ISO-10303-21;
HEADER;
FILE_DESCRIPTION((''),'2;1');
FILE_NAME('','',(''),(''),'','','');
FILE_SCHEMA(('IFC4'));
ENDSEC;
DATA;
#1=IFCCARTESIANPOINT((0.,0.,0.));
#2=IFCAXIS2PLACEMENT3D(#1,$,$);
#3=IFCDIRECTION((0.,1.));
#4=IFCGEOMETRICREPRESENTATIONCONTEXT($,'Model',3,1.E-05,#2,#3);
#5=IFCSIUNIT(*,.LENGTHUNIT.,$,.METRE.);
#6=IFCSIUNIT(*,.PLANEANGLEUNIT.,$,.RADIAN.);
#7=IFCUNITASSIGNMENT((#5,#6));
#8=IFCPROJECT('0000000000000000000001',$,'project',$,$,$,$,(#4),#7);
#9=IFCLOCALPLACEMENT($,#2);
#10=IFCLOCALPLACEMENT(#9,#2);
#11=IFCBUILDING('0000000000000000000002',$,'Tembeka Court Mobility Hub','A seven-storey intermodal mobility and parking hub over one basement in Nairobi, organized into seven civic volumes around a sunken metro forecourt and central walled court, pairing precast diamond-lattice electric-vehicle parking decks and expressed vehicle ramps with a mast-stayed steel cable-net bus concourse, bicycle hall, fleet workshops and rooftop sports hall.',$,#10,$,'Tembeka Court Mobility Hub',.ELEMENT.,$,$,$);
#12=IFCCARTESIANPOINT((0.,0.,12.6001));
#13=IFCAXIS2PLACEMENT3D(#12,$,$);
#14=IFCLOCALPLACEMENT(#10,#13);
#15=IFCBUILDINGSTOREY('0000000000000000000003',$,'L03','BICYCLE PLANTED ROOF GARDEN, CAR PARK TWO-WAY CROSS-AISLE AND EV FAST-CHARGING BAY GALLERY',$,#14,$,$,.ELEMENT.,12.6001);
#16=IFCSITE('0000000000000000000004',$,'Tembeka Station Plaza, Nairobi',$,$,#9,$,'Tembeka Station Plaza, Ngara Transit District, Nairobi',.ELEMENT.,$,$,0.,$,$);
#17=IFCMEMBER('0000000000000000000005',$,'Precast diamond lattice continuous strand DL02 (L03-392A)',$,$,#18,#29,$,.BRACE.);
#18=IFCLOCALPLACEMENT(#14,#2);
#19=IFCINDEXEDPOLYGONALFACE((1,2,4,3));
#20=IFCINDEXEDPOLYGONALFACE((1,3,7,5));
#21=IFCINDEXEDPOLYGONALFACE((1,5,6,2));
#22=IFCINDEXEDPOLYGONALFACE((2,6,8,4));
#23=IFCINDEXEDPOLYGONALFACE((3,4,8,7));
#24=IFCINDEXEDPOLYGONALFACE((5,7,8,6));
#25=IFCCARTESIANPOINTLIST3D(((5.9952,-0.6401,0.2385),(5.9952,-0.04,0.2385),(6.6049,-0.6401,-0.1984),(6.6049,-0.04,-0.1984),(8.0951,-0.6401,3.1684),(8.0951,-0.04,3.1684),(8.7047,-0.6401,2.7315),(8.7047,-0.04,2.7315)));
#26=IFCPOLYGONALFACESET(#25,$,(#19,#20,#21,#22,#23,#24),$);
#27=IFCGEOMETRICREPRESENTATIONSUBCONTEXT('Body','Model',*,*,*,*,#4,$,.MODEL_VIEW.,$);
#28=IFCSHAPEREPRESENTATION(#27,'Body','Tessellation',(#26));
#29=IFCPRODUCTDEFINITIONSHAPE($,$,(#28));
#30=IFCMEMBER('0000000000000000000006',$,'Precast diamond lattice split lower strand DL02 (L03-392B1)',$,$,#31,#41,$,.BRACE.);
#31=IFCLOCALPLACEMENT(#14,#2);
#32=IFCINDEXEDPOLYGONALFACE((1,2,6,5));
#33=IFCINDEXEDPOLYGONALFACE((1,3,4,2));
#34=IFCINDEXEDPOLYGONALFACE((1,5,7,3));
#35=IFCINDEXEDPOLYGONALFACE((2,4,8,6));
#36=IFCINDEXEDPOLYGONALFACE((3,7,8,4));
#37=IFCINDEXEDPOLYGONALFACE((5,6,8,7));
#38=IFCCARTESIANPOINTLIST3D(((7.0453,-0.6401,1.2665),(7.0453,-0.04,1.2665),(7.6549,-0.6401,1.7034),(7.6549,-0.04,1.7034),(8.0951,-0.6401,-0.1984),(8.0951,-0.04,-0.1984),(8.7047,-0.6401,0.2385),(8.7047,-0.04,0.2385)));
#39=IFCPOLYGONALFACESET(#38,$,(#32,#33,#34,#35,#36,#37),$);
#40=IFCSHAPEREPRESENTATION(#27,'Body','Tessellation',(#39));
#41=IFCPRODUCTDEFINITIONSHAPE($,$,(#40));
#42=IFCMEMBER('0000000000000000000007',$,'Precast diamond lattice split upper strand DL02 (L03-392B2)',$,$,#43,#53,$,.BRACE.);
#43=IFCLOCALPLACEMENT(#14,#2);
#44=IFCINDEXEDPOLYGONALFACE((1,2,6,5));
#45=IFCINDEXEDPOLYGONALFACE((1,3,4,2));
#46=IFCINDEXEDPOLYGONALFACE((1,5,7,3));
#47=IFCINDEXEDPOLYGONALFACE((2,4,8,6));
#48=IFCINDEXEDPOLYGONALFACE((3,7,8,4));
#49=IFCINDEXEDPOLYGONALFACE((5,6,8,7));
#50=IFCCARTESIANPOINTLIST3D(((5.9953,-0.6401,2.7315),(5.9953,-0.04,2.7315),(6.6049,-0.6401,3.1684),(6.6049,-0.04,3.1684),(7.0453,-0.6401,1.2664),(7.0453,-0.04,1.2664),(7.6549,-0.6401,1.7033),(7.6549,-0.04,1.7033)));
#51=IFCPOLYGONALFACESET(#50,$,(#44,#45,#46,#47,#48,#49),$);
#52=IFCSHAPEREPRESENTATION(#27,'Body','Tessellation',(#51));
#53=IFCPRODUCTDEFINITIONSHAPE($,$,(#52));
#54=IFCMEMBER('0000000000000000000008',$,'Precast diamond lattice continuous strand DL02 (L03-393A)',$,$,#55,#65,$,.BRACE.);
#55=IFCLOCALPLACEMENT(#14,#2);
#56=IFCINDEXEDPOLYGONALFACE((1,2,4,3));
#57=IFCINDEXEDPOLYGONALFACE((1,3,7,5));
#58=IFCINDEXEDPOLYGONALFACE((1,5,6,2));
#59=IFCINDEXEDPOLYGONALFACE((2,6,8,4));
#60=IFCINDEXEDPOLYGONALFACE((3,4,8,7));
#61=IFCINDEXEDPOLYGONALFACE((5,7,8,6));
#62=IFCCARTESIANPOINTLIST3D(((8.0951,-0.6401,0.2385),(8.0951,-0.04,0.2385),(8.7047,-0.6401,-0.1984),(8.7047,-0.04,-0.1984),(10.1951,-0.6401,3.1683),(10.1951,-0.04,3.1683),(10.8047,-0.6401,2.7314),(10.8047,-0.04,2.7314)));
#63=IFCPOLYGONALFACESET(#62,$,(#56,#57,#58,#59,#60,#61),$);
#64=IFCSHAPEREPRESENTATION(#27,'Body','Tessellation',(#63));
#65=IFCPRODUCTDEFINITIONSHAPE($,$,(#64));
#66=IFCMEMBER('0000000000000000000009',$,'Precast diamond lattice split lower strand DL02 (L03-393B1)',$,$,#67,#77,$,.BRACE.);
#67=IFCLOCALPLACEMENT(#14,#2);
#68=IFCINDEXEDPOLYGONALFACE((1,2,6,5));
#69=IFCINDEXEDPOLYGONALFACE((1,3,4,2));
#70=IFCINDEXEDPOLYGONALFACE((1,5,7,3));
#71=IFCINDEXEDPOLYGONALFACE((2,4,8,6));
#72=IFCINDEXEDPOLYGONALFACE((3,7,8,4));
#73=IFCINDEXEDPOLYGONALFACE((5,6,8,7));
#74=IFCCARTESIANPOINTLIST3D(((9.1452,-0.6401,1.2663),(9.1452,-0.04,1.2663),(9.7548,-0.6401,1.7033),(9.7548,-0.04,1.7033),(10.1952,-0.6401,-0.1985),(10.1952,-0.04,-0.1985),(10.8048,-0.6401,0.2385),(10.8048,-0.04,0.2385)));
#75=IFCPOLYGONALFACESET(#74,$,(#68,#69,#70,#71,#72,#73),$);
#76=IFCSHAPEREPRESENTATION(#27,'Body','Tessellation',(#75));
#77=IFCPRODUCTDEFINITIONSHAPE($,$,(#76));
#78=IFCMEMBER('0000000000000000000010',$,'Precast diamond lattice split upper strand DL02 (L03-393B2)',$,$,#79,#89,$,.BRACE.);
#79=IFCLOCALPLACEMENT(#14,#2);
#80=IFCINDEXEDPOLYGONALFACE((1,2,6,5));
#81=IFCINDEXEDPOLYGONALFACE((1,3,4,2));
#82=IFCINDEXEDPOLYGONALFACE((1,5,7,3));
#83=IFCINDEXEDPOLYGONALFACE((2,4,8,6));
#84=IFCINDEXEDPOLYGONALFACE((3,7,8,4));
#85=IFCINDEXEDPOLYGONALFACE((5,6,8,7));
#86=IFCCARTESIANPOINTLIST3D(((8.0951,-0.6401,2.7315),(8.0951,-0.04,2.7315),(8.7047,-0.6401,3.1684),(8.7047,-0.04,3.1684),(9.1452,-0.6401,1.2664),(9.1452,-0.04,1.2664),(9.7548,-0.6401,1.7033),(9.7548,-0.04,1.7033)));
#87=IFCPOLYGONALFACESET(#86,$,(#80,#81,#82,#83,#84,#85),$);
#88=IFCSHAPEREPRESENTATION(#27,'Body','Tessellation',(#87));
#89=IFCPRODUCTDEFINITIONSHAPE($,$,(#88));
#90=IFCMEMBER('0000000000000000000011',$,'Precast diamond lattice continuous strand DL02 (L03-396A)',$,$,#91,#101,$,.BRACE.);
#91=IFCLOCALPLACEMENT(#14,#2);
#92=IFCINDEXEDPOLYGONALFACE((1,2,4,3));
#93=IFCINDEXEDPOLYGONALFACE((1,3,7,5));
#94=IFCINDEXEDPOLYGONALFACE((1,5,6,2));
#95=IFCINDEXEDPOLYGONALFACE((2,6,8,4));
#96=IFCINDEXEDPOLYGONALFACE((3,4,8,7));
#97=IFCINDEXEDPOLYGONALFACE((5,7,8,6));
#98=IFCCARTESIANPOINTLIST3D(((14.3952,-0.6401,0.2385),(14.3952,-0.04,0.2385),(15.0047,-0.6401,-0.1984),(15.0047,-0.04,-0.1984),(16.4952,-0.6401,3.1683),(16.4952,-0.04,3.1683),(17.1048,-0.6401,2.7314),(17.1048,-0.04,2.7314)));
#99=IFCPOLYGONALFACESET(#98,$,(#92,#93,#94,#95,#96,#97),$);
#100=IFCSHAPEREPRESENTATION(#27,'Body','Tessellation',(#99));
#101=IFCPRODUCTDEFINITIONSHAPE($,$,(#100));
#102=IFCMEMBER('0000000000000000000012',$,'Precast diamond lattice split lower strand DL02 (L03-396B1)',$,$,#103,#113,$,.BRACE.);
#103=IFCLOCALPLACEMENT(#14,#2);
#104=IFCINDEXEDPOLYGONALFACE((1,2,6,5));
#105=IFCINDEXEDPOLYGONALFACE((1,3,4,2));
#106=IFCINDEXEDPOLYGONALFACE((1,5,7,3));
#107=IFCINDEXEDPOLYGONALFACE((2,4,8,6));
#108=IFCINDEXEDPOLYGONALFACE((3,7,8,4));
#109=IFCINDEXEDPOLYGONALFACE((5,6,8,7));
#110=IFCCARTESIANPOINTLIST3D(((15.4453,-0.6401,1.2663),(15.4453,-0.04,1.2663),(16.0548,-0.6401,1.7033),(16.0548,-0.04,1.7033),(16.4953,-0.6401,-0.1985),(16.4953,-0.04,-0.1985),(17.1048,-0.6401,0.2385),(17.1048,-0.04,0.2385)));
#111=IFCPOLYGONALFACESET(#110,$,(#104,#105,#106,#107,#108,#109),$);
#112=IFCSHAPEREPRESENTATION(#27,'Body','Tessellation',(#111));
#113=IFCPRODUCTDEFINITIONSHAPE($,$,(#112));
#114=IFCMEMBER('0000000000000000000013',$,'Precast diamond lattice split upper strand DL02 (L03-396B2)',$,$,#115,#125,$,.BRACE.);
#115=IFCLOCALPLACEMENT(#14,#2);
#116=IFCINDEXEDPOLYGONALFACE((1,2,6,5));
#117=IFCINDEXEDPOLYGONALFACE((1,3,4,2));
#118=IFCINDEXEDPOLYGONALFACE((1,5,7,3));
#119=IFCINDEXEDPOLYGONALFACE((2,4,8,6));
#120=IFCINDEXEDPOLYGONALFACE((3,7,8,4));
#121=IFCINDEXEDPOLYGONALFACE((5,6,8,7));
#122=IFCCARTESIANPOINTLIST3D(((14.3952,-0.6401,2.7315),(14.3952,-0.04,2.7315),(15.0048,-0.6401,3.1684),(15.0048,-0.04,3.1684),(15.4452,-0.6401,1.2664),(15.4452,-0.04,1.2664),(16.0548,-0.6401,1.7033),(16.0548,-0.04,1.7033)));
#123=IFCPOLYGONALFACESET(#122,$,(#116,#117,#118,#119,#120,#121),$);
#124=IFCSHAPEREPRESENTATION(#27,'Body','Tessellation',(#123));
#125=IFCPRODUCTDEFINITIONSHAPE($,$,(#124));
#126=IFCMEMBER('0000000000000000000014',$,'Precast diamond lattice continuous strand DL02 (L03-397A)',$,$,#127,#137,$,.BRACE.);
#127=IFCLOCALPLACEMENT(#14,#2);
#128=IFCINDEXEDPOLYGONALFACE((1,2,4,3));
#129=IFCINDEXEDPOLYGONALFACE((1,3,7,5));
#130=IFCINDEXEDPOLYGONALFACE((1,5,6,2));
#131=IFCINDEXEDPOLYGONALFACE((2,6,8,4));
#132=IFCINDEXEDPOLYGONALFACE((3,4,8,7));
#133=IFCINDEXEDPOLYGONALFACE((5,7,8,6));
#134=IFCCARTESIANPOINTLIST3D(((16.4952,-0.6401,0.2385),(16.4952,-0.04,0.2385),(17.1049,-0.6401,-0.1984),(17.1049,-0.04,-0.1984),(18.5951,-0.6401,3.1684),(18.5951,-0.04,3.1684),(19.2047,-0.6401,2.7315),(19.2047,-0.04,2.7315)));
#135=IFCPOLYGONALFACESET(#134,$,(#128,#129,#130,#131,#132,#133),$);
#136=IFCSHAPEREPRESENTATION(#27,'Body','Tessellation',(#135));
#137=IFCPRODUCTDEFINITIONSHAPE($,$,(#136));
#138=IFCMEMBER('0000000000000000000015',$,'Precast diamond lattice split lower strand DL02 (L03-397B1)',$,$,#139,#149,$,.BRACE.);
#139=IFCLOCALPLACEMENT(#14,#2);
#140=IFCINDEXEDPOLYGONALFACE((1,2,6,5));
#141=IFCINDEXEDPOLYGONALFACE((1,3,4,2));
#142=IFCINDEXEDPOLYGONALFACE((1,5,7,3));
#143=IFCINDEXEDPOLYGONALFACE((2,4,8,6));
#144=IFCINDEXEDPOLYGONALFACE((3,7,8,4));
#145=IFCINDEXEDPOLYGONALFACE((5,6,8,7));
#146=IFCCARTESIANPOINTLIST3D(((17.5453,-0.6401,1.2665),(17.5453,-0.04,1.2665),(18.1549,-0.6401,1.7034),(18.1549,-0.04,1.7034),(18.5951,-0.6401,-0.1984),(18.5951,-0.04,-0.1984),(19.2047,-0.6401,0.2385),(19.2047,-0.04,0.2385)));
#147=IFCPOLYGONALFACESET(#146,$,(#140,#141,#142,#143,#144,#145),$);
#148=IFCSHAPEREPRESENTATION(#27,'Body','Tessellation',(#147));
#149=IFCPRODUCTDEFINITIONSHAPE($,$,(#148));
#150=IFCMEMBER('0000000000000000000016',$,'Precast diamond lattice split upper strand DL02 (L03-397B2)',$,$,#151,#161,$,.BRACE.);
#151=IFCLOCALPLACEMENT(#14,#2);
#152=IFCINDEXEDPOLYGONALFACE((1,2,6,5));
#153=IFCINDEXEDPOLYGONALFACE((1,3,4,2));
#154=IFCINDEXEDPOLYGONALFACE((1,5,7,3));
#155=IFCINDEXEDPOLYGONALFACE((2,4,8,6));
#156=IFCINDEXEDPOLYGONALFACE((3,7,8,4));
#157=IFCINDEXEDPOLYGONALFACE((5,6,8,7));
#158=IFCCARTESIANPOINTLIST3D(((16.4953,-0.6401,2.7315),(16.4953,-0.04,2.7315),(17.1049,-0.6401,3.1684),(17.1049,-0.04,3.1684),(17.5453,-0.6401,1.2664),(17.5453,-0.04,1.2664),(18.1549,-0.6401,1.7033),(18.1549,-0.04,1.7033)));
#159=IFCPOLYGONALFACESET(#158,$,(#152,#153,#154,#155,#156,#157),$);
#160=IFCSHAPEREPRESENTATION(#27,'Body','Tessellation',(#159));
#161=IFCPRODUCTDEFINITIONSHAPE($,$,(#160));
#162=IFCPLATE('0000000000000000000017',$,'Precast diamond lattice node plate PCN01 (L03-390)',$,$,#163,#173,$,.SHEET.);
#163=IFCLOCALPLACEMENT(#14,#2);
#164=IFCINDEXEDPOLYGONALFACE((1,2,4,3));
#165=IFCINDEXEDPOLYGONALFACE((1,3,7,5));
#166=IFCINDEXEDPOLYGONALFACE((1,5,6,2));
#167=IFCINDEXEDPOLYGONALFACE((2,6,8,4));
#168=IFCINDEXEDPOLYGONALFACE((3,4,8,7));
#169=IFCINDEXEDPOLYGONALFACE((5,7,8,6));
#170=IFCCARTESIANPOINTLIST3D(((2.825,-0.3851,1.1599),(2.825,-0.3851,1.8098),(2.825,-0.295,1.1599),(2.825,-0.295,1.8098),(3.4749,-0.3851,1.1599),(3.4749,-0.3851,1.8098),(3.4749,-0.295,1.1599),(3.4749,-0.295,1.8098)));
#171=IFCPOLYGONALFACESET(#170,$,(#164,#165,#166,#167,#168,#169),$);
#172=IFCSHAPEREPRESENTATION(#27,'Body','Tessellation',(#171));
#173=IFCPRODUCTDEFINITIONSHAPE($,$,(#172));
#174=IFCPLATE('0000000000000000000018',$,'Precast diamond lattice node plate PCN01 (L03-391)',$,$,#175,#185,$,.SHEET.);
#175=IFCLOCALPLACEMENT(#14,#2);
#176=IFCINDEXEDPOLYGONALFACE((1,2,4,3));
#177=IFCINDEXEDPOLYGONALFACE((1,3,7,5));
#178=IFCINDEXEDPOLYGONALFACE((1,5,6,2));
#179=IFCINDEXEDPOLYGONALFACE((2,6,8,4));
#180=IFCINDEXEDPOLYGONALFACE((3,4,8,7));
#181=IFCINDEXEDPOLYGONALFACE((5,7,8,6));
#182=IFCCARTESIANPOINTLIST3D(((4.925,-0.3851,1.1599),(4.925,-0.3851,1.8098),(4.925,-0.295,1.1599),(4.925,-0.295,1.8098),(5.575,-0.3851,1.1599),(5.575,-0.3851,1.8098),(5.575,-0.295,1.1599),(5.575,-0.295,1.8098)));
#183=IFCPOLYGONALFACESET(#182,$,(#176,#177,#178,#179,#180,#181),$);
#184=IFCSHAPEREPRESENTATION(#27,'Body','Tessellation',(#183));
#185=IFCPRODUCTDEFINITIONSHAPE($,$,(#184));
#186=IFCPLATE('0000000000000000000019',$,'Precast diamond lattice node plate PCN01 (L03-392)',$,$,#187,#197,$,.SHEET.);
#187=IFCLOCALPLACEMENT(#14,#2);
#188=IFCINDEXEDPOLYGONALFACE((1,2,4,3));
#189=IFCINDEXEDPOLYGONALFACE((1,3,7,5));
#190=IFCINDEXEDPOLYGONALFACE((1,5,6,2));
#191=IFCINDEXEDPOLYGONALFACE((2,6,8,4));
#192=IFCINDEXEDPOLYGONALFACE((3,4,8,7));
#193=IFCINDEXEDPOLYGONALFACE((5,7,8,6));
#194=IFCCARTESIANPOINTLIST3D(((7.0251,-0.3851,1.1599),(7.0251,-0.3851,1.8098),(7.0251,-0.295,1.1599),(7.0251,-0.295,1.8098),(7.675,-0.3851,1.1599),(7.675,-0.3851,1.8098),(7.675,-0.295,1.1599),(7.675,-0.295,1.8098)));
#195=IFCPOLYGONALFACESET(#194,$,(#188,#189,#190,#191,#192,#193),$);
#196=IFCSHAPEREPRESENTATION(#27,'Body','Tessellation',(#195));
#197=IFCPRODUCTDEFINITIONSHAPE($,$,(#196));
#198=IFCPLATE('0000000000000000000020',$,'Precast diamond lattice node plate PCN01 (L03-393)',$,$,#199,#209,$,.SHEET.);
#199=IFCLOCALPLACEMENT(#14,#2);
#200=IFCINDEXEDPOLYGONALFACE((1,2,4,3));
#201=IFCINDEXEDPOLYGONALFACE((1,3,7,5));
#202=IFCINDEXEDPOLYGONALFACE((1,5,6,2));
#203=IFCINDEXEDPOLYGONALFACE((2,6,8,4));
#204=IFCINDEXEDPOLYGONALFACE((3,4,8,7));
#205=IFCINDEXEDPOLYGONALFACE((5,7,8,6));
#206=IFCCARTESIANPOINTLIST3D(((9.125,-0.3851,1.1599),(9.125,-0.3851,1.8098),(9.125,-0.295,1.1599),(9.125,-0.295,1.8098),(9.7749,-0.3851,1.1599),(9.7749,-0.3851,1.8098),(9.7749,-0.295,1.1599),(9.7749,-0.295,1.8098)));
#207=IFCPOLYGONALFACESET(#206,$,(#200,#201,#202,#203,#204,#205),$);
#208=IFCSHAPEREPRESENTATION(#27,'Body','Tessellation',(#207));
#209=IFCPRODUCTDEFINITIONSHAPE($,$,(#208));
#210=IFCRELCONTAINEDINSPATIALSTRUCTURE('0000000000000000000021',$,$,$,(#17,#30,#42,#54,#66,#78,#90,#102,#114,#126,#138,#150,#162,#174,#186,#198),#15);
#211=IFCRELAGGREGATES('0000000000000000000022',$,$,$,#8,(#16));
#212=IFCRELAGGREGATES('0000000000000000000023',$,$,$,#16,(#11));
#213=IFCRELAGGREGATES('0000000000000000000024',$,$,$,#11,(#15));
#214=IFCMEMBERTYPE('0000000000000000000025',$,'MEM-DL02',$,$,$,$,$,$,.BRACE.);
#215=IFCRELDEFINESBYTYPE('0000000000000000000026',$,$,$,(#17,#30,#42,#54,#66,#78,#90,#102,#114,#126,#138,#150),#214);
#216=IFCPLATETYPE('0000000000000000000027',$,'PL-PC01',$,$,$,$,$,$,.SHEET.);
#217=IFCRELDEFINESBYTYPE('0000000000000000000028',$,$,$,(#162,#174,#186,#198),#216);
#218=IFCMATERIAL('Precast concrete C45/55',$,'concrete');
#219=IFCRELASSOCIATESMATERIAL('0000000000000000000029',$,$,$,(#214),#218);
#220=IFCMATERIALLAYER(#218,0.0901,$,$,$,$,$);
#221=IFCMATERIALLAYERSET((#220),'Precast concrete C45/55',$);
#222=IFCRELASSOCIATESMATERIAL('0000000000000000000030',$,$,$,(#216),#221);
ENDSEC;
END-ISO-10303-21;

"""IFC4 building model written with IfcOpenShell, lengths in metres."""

from ifc_helpers import new_model, si_unit, direction, frame, origin, origin_2d, place, context, subcontext, project, spatial, rectangle, extrude, material, layer, layer_set, material_profile, profile_set, type_object, element, save


model = new_model("IFC4")

# Units and contexts
model_context = context("Model", 3, precision=1e-05, world=origin(), true_north=direction((0.0, 1.0)))
body_context = subcontext(model_context, "Body", "Model", "MODEL_VIEW")
ifc_project = project(units=[si_unit("LENGTHUNIT", "METRE"), si_unit("PLANEANGLEUNIT", "RADIAN")], contexts=[model_context])

# Site, building, storey
site_placement = place(None, origin())
site = spatial("IfcSite", under=ifc_project, at=site_placement, Name="Tembeka Station Plaza, Nairobi", LongName="Tembeka Station Plaza, Ngara Transit District, Nairobi", CompositionType="ELEMENT", RefElevation=0.0)
building_placement = place(site_placement, origin())
building = spatial("IfcBuilding", under=site, at=building_placement, Name="Tembeka Court Mobility Hub", Description="A seven-storey intermodal mobility and parking hub over one basement in Nairobi, organized into seven civic volumes around a sunken metro forecourt and central walled court, pairing precast diamond-lattice electric-vehicle parking decks and expressed vehicle ramps with a mast-stayed steel cable-net bus concourse, bicycle hall, fleet workshops and rooftop sports hall.", LongName="Tembeka Court Mobility Hub", CompositionType="ELEMENT")
storey_placement = place(building_placement, frame((0.0, 0.0, 12.6001)))
storey = spatial("IfcBuildingStorey", under=building, at=storey_placement, Name="L03", Description="BICYCLE PLANTED ROOF GARDEN, CAR PARK TWO-WAY CROSS-AISLE AND EV FAST-CHARGING BAY GALLERY", CompositionType="ELEMENT", Elevation=12.6001)

# Members
ifc_material = material(Name="Precast concrete C45/55", Category="concrete")
ifc_material_profile_1 = material_profile(ifc_material, rectangle(XDim=0.6001, YDim=0.75, at=origin_2d()), Name="PC-DIAG 600x750")
ifc_profile_set_1 = profile_set([ifc_material_profile_1], Name="Precast concrete C45/55")
member_type_1 = type_object("IfcMemberType", Name="MEM-DL02", PredefinedType="BRACE", material=ifc_profile_set_1)
member_1_placement = place(storey_placement, frame((6.3, -0.3401, 0.02), z_axis=(0.582532, 0.0, 0.812808), x_axis=(0.0, 1.0, 0.0)))
element("IfcMember", 1, at=member_1_placement, inside=storey, type_object=member_type_1, Name="Precast diamond lattice continuous strand DL02 (L03-392A)", PredefinedType="BRACE", context=body_context, shape_type="SweptSolid", body=[
    extrude(rectangle(XDim=0.6001, YDim=0.75, at=origin_2d()), origin(), (0.0, 0.0, 1.0), 3.6047),
])
member_2_placement = place(storey_placement, frame((8.3999, -0.3401, 0.02), z_axis=(-0.582519, 0.0, 0.812817), x_axis=(0.0, -1.0, 0.0)))
element("IfcMember", 2, at=member_2_placement, inside=storey, type_object=member_type_1, Name="Precast diamond lattice split lower strand DL02 (L03-392B1)", PredefinedType="BRACE", context=body_context, shape_type="SweptSolid", body=[
    extrude(rectangle(XDim=0.6001, YDim=0.75, at=origin_2d()), origin(), (0.0, 0.0, 1.0), 1.8022),
])
member_3_placement = place(storey_placement, frame((7.3501, -0.3401, 1.4849), z_axis=(-0.582544, 0.0, 0.812799), x_axis=(0.0, -1.0, 0.0)))
element("IfcMember", 3, at=member_3_placement, inside=storey, type_object=member_type_1, Name="Precast diamond lattice split upper strand DL02 (L03-392B2)", PredefinedType="BRACE", context=body_context, shape_type="SweptSolid", body=[
    extrude(rectangle(XDim=0.6001, YDim=0.75, at=origin_2d()), origin(), (0.0, 0.0, 1.0), 1.8025),
])
member_4_placement = place(storey_placement, frame((8.3999, -0.3401, 0.02), z_axis=(0.582576, 0.0, 0.812776), x_axis=(0.0, 1.0, 0.0)))
element("IfcMember", 4, at=member_4_placement, inside=storey, type_object=member_type_1, Name="Precast diamond lattice continuous strand DL02 (L03-393A)", PredefinedType="BRACE", context=body_context, shape_type="SweptSolid", body=[
    extrude(rectangle(XDim=0.6001, YDim=0.75, at=origin_2d()), origin(), (0.0, 0.0, 1.0), 3.6047),
])
member_5_placement = place(storey_placement, frame((10.5, -0.3401, 0.02), z_axis=(-0.582608, 0.0, 0.812753), x_axis=(0.0, -1.0, 0.0)))
element("IfcMember", 5, at=member_5_placement, inside=storey, type_object=member_type_1, Name="Precast diamond lattice split lower strand DL02 (L03-393B1)", PredefinedType="BRACE", context=body_context, shape_type="SweptSolid", body=[
    extrude(rectangle(XDim=0.6001, YDim=0.75, at=origin_2d()), origin(), (0.0, 0.0, 1.0), 1.8022),
])
member_6_placement = place(storey_placement, frame((9.45, -0.3401, 1.4849), z_axis=(-0.582544, 0.0, 0.812799), x_axis=(0.0, -1.0, 0.0)))
element("IfcMember", 6, at=member_6_placement, inside=storey, type_object=member_type_1, Name="Precast diamond lattice split upper strand DL02 (L03-393B2)", PredefinedType="BRACE", context=body_context, shape_type="SweptSolid", body=[
    extrude(rectangle(XDim=0.6001, YDim=0.75, at=origin_2d()), origin(), (0.0, 0.0, 1.0), 1.8025),
])
member_7_placement = place(storey_placement, frame((14.7, -0.3401, 0.02), z_axis=(0.582576, 0.0, 0.812776), x_axis=(0.0, 1.0, 0.0)))
element("IfcMember", 7, at=member_7_placement, inside=storey, type_object=member_type_1, Name="Precast diamond lattice continuous strand DL02 (L03-396A)", PredefinedType="BRACE", context=body_context, shape_type="SweptSolid", body=[
    extrude(rectangle(XDim=0.6001, YDim=0.75, at=origin_2d()), origin(), (0.0, 0.0, 1.0), 3.6047),
])
member_8_placement = place(storey_placement, frame((16.8, -0.3401, 0.02), z_axis=(-0.582608, 0.0, 0.812753), x_axis=(0.0, -1.0, 0.0)))
element("IfcMember", 8, at=member_8_placement, inside=storey, type_object=member_type_1, Name="Precast diamond lattice split lower strand DL02 (L03-396B1)", PredefinedType="BRACE", context=body_context, shape_type="SweptSolid", body=[
    extrude(rectangle(XDim=0.6001, YDim=0.75, at=origin_2d()), origin(), (0.0, 0.0, 1.0), 1.8022),
])
member_9_placement = place(storey_placement, frame((15.75, -0.3401, 1.4849), z_axis=(-0.582544, 0.0, 0.812799), x_axis=(0.0, -1.0, 0.0)))
element("IfcMember", 9, at=member_9_placement, inside=storey, type_object=member_type_1, Name="Precast diamond lattice split upper strand DL02 (L03-396B2)", PredefinedType="BRACE", context=body_context, shape_type="SweptSolid", body=[
    extrude(rectangle(XDim=0.6001, YDim=0.75, at=origin_2d()), origin(), (0.0, 0.0, 1.0), 1.8025),
])
member_10_placement = place(storey_placement, frame((16.8, -0.3401, 0.02), z_axis=(0.582532, 0.0, 0.812808), x_axis=(0.0, 1.0, 0.0)))
element("IfcMember", 10, at=member_10_placement, inside=storey, type_object=member_type_1, Name="Precast diamond lattice continuous strand DL02 (L03-397A)", PredefinedType="BRACE", context=body_context, shape_type="SweptSolid", body=[
    extrude(rectangle(XDim=0.6001, YDim=0.75, at=origin_2d()), origin(), (0.0, 0.0, 1.0), 3.6047),
])
member_11_placement = place(storey_placement, frame((18.8999, -0.3401, 0.02), z_axis=(-0.582519, 0.0, 0.812817), x_axis=(0.0, -1.0, 0.0)))
element("IfcMember", 11, at=member_11_placement, inside=storey, type_object=member_type_1, Name="Precast diamond lattice split lower strand DL02 (L03-397B1)", PredefinedType="BRACE", context=body_context, shape_type="SweptSolid", body=[
    extrude(rectangle(XDim=0.6001, YDim=0.75, at=origin_2d()), origin(), (0.0, 0.0, 1.0), 1.8022),
])
member_12_placement = place(storey_placement, frame((17.8501, -0.3401, 1.4849), z_axis=(-0.582544, 0.0, 0.812799), x_axis=(0.0, -1.0, 0.0)))
element("IfcMember", 12, at=member_12_placement, inside=storey, type_object=member_type_1, Name="Precast diamond lattice split upper strand DL02 (L03-397B2)", PredefinedType="BRACE", context=body_context, shape_type="SweptSolid", body=[
    extrude(rectangle(XDim=0.6001, YDim=0.75, at=origin_2d()), origin(), (0.0, 0.0, 1.0), 1.8025),
])

# Plates
ifc_layer = layer(ifc_material, 0.0901)
ifc_layer_set = layer_set([ifc_layer], Name="Precast concrete C45/55")
plate_type = type_object("IfcPlateType", Name="PL-PC01", PredefinedType="SHEET", material=ifc_layer_set)
for number, where, z_axis, x_axis, name in (
    (13, (3.1499, -0.3401, 1.1599), (0.0, 0.0, 1.0), (1.0, 0.0, 0.0), "Precast diamond lattice node plate PCN01 (L03-390)"),
    (14, (5.25, -0.3401, 1.1599), (0.0, 0.0, 1.0), (1.0, 0.0, 0.0), "Precast diamond lattice node plate PCN01 (L03-391)"),
    (15, (7.3501, -0.3401, 1.1599), (0.0, 0.0, 1.0), (1.0, 0.0, 0.0), "Precast diamond lattice node plate PCN01 (L03-392)"),
    (16, (9.45, -0.3401, 1.1599), (0.0, 0.0, 1.0), (1.0, 0.0, 0.0), "Precast diamond lattice node plate PCN01 (L03-393)"),
):
    element("IfcPlate", number, at=place(storey_placement, frame(where, z_axis=z_axis, x_axis=x_axis)), inside=storey, type_object=plate_type, Name=name, PredefinedType="SHEET", context=body_context, shape_type="SweptSolid", body=[
        extrude(rectangle(XDim=0.6499, YDim=0.0901, at=origin_2d()), origin(), (0.0, 0.0, 1.0), 0.6499),
    ])

save(model, "model.ifc")
